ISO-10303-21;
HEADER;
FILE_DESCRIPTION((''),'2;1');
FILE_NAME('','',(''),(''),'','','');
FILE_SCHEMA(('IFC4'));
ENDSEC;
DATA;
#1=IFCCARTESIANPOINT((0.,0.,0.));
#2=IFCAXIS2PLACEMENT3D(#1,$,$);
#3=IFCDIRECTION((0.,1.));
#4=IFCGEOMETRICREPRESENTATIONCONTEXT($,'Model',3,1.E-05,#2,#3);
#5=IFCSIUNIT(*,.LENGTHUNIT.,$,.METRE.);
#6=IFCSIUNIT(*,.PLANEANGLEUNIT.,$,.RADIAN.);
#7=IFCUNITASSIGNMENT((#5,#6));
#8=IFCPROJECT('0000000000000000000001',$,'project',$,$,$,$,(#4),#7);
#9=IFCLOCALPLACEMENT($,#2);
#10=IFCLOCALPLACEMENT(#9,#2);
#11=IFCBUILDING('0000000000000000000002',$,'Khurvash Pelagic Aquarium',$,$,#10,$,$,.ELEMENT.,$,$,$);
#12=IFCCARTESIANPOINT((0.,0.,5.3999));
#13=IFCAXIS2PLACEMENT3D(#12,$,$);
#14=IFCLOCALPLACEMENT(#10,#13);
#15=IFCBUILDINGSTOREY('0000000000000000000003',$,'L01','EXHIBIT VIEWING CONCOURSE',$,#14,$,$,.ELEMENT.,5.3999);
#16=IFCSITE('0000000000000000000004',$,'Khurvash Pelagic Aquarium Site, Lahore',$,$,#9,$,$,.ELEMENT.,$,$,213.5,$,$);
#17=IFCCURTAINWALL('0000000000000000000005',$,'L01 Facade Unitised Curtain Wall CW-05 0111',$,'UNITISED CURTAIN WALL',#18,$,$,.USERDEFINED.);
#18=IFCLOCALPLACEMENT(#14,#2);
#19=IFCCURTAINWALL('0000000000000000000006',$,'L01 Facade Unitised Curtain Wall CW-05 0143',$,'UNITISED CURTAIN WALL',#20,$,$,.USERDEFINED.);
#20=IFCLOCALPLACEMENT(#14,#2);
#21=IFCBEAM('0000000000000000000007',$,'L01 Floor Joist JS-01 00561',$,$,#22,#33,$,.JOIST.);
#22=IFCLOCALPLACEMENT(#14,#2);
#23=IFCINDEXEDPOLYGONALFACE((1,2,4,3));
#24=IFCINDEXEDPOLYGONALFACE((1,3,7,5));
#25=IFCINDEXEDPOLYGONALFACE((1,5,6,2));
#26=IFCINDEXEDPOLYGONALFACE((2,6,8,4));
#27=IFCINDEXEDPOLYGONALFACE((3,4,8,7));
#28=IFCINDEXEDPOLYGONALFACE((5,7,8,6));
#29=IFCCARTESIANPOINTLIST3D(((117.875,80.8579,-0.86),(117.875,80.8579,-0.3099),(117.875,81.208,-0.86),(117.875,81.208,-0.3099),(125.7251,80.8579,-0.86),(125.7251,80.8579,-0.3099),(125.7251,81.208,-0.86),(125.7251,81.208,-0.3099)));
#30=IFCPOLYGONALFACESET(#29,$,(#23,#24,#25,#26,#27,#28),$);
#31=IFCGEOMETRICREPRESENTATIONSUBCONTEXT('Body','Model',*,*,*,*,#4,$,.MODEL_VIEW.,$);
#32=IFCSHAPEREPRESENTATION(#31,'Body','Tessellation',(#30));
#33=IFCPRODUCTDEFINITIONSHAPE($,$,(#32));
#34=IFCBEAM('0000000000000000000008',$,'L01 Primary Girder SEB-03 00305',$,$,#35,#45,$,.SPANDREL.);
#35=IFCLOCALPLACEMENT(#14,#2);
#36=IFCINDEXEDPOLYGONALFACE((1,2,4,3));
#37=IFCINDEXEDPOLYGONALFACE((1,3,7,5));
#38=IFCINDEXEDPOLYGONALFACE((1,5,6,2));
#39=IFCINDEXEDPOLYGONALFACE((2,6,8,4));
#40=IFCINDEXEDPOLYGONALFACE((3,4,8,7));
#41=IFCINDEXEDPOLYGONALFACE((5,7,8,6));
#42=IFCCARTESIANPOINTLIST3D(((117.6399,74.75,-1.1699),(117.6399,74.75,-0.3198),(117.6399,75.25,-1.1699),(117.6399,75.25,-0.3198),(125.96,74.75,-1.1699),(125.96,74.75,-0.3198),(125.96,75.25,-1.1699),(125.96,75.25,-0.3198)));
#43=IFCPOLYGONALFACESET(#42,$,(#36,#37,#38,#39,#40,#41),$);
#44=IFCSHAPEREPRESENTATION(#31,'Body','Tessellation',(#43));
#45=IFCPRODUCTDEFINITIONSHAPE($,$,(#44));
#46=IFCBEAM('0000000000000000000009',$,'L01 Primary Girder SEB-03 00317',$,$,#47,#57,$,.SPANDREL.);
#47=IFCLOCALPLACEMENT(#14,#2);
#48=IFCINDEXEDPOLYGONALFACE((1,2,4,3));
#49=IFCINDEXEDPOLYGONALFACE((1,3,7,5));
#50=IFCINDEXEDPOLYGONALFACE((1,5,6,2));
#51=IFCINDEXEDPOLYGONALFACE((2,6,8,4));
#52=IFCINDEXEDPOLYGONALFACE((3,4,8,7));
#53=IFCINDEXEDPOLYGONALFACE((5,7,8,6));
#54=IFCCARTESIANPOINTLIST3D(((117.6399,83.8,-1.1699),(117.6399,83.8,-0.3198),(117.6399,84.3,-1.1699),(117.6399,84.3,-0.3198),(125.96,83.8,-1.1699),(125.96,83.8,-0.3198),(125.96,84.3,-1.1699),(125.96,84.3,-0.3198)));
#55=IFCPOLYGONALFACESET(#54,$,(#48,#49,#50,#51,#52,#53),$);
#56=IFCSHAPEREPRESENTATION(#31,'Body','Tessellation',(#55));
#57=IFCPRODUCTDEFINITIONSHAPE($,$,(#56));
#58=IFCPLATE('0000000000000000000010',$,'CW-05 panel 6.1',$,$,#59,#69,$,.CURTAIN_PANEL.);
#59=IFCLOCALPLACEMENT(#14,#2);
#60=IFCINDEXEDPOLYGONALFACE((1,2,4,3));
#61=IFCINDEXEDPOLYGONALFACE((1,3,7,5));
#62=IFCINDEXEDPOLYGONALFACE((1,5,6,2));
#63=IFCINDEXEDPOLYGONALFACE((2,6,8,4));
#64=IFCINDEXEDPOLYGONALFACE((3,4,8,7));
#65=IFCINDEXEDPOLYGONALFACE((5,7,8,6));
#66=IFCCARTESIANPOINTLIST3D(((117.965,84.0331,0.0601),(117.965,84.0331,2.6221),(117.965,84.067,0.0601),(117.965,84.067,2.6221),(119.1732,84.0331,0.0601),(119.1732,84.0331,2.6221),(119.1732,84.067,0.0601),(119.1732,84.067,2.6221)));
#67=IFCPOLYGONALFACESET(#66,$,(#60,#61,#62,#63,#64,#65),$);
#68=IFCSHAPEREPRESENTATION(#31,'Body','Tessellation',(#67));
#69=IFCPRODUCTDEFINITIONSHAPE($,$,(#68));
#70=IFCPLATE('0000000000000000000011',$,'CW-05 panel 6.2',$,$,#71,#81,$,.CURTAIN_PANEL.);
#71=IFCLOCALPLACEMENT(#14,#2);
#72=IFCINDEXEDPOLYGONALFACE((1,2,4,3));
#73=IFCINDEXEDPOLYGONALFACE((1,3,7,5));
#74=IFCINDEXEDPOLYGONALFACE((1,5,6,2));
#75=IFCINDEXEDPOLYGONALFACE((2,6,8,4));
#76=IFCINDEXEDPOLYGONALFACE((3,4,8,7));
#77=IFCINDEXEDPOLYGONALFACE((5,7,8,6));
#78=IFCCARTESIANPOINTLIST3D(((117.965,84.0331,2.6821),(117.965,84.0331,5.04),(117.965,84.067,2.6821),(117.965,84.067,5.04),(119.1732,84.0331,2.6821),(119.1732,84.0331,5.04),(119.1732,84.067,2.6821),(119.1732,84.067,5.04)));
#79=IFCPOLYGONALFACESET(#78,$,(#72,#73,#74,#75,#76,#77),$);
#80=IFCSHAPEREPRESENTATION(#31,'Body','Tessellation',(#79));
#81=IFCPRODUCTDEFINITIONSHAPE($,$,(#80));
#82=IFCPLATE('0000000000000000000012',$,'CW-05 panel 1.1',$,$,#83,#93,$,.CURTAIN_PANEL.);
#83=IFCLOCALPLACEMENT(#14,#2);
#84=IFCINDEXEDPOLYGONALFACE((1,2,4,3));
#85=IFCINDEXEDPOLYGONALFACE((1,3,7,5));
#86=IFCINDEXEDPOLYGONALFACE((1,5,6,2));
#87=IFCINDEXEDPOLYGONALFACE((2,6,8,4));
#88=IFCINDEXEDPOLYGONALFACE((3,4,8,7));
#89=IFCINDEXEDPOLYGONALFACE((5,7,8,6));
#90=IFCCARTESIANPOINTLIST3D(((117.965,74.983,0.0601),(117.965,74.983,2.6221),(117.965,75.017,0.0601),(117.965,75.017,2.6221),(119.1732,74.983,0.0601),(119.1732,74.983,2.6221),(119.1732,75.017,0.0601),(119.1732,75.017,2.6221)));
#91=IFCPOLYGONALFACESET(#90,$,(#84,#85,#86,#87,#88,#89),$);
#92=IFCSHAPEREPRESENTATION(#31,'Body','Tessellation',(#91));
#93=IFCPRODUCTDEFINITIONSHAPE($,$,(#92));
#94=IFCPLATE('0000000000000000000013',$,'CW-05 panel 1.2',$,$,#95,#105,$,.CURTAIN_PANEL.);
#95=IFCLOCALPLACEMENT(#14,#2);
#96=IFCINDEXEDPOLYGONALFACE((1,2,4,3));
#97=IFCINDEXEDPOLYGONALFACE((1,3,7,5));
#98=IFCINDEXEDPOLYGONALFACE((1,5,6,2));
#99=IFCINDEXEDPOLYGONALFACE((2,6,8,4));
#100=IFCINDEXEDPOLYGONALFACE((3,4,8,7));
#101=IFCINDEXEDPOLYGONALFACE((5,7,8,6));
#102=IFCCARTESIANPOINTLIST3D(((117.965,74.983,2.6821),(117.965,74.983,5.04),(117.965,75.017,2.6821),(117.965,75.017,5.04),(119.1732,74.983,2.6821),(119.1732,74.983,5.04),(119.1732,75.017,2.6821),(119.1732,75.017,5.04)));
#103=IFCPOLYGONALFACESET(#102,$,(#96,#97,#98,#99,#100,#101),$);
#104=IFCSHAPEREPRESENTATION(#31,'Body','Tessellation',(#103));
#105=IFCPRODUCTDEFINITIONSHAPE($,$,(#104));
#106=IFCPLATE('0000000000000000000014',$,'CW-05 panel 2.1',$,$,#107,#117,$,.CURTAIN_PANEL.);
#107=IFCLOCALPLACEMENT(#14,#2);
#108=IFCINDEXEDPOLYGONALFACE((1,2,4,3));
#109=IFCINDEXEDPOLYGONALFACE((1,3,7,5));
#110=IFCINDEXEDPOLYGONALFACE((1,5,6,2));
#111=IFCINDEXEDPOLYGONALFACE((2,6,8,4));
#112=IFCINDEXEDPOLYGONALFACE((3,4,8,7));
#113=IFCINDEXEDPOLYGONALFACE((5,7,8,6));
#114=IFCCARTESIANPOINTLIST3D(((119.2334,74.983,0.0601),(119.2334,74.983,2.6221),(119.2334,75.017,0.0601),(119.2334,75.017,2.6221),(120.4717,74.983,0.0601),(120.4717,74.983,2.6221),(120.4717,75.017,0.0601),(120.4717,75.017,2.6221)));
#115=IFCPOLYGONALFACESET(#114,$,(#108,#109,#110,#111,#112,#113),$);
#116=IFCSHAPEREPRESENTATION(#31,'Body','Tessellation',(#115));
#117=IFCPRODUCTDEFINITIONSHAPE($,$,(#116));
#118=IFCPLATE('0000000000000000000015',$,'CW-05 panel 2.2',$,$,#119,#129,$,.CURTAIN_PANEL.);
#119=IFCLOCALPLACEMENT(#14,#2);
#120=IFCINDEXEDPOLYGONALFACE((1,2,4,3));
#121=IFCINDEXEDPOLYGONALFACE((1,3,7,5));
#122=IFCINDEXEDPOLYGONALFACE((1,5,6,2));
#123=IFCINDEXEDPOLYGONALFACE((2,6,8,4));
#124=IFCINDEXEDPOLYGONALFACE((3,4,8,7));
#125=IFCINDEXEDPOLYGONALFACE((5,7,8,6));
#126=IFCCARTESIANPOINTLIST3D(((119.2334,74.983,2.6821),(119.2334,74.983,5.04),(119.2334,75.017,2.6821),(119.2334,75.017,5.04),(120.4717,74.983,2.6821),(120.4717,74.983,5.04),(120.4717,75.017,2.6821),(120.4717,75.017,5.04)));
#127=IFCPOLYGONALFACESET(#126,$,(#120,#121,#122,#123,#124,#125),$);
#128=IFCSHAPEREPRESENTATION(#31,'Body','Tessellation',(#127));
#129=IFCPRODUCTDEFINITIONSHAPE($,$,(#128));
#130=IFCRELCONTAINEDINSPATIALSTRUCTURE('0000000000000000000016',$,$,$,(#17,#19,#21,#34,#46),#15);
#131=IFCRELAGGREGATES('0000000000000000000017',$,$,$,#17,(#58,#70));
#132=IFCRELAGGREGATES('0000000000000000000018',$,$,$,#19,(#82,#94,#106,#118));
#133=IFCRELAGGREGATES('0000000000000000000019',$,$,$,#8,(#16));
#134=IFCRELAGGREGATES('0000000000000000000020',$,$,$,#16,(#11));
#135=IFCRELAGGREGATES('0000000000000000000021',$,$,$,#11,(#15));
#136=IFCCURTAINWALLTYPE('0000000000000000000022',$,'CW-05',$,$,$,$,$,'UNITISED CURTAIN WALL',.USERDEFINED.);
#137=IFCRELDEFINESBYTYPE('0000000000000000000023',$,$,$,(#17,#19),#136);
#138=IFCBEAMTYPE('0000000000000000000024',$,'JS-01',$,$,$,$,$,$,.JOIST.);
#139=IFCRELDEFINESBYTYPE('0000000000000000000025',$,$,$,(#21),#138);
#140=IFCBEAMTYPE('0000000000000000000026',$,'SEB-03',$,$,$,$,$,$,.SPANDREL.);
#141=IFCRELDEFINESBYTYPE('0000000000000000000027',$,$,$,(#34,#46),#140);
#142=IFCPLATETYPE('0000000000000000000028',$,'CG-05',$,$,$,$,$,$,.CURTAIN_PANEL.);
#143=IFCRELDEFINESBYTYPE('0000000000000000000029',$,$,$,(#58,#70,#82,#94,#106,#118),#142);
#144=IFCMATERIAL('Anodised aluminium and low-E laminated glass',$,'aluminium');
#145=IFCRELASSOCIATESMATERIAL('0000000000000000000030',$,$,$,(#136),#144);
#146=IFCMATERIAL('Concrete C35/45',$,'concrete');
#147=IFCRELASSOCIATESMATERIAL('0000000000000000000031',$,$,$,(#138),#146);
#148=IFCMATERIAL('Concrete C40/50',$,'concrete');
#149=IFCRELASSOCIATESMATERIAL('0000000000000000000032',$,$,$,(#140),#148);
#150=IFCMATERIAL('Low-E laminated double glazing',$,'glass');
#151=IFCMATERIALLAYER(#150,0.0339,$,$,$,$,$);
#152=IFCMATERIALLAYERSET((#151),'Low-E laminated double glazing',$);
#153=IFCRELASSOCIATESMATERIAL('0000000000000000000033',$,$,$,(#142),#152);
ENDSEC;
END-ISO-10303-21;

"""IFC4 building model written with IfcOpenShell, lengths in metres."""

from ifc_helpers import new_model, si_unit, direction, frame, origin, origin_2d, place, context, subcontext, project, spatial, rectangle, extrude, material, layer, layer_set, material_profile, profile_set, type_object, element, aggregate, save


model = new_model("IFC4")

# Units and contexts
model_context = context("Model", 3, precision=1e-05, world=origin(), true_north=direction((0.0, 1.0)))
body_context = subcontext(model_context, "Body", "Model", "MODEL_VIEW")
ifc_project = project(units=[si_unit("LENGTHUNIT", "METRE"), si_unit("PLANEANGLEUNIT", "RADIAN")], contexts=[model_context])

# Site, building, storey
site_placement = place(None, origin())
site = spatial("IfcSite", under=ifc_project, at=site_placement, Name="Khurvash Pelagic Aquarium Site, Lahore", CompositionType="ELEMENT", RefElevation=213.5)
building_placement = place(site_placement, origin())
building = spatial("IfcBuilding", under=site, at=building_placement, Name="Khurvash Pelagic Aquarium", CompositionType="ELEMENT")
storey_placement = place(building_placement, frame((0.0, 0.0, 5.3999)))
storey = spatial("IfcBuildingStorey", under=building, at=storey_placement, Name="L01", Description="EXHIBIT VIEWING CONCOURSE", CompositionType="ELEMENT", Elevation=5.3999)

# Curtain wall
ifc_material_1 = material(Name="Anodised aluminium and low-E laminated glass", Category="aluminium")
curtain_wall_type = type_object("IfcCurtainWallType", Name="CW-05", ElementType="UNITISED CURTAIN WALL", PredefinedType="USERDEFINED", material=ifc_material_1)
curtain_wall_1_placement = place(storey_placement, origin())
curtain_wall_1 = element("IfcCurtainWall", 1, at=curtain_wall_1_placement, inside=storey, type_object=curtain_wall_type, Name="L01 Facade Unitised Curtain Wall CW-05 0111", ObjectType="UNITISED CURTAIN WALL", PredefinedType="USERDEFINED")

# Curtain wall
curtain_wall_2_placement = place(storey_placement, origin())
curtain_wall_2 = element("IfcCurtainWall", 2, at=curtain_wall_2_placement, inside=storey, type_object=curtain_wall_type, Name="L01 Facade Unitised Curtain Wall CW-05 0143", ObjectType="UNITISED CURTAIN WALL", PredefinedType="USERDEFINED")

# Beams
ifc_material_2 = material(Name="Concrete C35/45", Category="concrete")
ifc_material_profile_1 = material_profile(ifc_material_2, rectangle(XDim=0.3501, YDim=0.55, at=origin_2d()), Name="RC350X550")
ifc_profile_set_1 = profile_set([ifc_material_profile_1], Name="Concrete C35/45")
beam_type_1 = type_object("IfcBeamType", Name="JS-01", PredefinedType="JOIST", material=ifc_profile_set_1)
for number, where, z_axis, x_axis, name in (
    (3, (117.875, 81.033, -0.585), (1.0, 0.0, 0.0), (0.0, 1.0, 0.0), "L01 Floor Joist JS-01 00561"),
):
    element("IfcBeam", number, at=place(storey_placement, frame(where, z_axis=z_axis, x_axis=x_axis)), inside=storey, type_object=beam_type_1, Name=name, PredefinedType="JOIST", context=body_context, shape_type="SweptSolid", body=[
        extrude(rectangle(XDim=0.3501, YDim=0.55, at=origin_2d()), origin(), (0.0, 0.0, 1.0), 7.8501),
    ])
ifc_material_3 = material(Name="Concrete C40/50", Category="concrete")
ifc_material_profile_2 = material_profile(ifc_material_3, rectangle(XDim=0.5, YDim=0.8501, at=origin_2d()), Name="RC500X850")
ifc_profile_set_2 = profile_set([ifc_material_profile_2], Name="Concrete C40/50")
beam_type_2 = type_object("IfcBeamType", Name="SEB-03", PredefinedType="SPANDREL", material=ifc_profile_set_2)
for number, where, z_axis, x_axis, name in (
    (4, (117.6399, 75.0, -0.7449), (1.0, 0.0, 0.0), (0.0, 1.0, 0.0), "L01 Primary Girder SEB-03 00305"),
    (5, (117.6399, 84.05, -0.7449), (1.0, 0.0, 0.0), (0.0, 1.0, 0.0), "L01 Primary Girder SEB-03 00317"),
):
    element("IfcBeam", number, at=place(storey_placement, frame(where, z_axis=z_axis, x_axis=x_axis)), inside=storey, type_object=beam_type_2, Name=name, PredefinedType="SPANDREL", context=body_context, shape_type="SweptSolid", body=[
        extrude(rectangle(XDim=0.5, YDim=0.8501, at=origin_2d()), origin(), (0.0, 0.0, 1.0), 8.3201),
    ])

# Plates
ifc_material_4 = material(Name="Low-E laminated double glazing", Category="glass")
ifc_layer = layer(ifc_material_4, 0.0339)
ifc_layer_set = layer_set([ifc_layer], Name="Low-E laminated double glazing")
plate_type = type_object("IfcPlateType", Name="CG-05", PredefinedType="CURTAIN_PANEL", material=ifc_layer_set)
plate_1_placement = place(storey_placement, frame((118.5691, 84.05, 0.0601), z_axis=(0.0, 0.0, 1.0), x_axis=(-1.0, 0.0, 0.0)))
plate_1 = element("IfcPlate", 6, at=plate_1_placement, type_object=plate_type, Name="CW-05 panel 6.1", PredefinedType="CURTAIN_PANEL", context=body_context, shape_type="SweptSolid", body=[
    extrude(rectangle(XDim=1.2083, YDim=0.0339, at=origin_2d()), origin(), (0.0, 0.0, 1.0), 2.562),
])
plate_2_placement = place(storey_placement, frame((118.5691, 84.05, 2.6821), z_axis=(0.0, 0.0, 1.0), x_axis=(-1.0, 0.0, 0.0)))
plate_2 = element("IfcPlate", 7, at=plate_2_placement, type_object=plate_type, Name="CW-05 panel 6.2", PredefinedType="CURTAIN_PANEL", context=body_context, shape_type="SweptSolid", body=[
    extrude(rectangle(XDim=1.2083, YDim=0.0339, at=origin_2d()), origin(), (0.0, 0.0, 1.0), 2.3579),
])
aggregate(curtain_wall_1, [plate_1, plate_2])
plate_3_placement = place(storey_placement, frame((118.5691, 75.0, 0.0601), z_axis=(0.0, 0.0, 1.0), x_axis=(1.0, 0.0, 0.0)))
plate_3 = element("IfcPlate", 8, at=plate_3_placement, type_object=plate_type, Name="CW-05 panel 1.1", PredefinedType="CURTAIN_PANEL", context=body_context, shape_type="SweptSolid", body=[
    extrude(rectangle(XDim=1.2083, YDim=0.0339, at=origin_2d()), origin(), (0.0, 0.0, 1.0), 2.562),
])
plate_4_placement = place(storey_placement, frame((118.5691, 75.0, 2.6821), z_axis=(0.0, 0.0, 1.0), x_axis=(1.0, 0.0, 0.0)))
plate_4 = element("IfcPlate", 9, at=plate_4_placement, type_object=plate_type, Name="CW-05 panel 1.2", PredefinedType="CURTAIN_PANEL", context=body_context, shape_type="SweptSolid", body=[
    extrude(rectangle(XDim=1.2083, YDim=0.0339, at=origin_2d()), origin(), (0.0, 0.0, 1.0), 2.3579),
])
plate_5_placement = place(storey_placement, frame((119.8525, 75.0, 0.0601), z_axis=(0.0, 0.0, 1.0), x_axis=(1.0, 0.0, 0.0)))
plate_5 = element("IfcPlate", 10, at=plate_5_placement, type_object=plate_type, Name="CW-05 panel 2.1", PredefinedType="CURTAIN_PANEL", context=body_context, shape_type="SweptSolid", body=[
    extrude(rectangle(XDim=1.2383, YDim=0.0339, at=origin_2d()), origin(), (0.0, 0.0, 1.0), 2.562),
])
plate_6_placement = place(storey_placement, frame((119.8525, 75.0, 2.6821), z_axis=(0.0, 0.0, 1.0), x_axis=(1.0, 0.0, 0.0)))
plate_6 = element("IfcPlate", 11, at=plate_6_placement, type_object=plate_type, Name="CW-05 panel 2.2", PredefinedType="CURTAIN_PANEL", context=body_context, shape_type="SweptSolid", body=[
    extrude(rectangle(XDim=1.2383, YDim=0.0339, at=origin_2d()), origin(), (0.0, 0.0, 1.0), 2.3579),
])
aggregate(curtain_wall_2, [plate_3, plate_4, plate_5, plate_6])

save(model, "model.ifc")
